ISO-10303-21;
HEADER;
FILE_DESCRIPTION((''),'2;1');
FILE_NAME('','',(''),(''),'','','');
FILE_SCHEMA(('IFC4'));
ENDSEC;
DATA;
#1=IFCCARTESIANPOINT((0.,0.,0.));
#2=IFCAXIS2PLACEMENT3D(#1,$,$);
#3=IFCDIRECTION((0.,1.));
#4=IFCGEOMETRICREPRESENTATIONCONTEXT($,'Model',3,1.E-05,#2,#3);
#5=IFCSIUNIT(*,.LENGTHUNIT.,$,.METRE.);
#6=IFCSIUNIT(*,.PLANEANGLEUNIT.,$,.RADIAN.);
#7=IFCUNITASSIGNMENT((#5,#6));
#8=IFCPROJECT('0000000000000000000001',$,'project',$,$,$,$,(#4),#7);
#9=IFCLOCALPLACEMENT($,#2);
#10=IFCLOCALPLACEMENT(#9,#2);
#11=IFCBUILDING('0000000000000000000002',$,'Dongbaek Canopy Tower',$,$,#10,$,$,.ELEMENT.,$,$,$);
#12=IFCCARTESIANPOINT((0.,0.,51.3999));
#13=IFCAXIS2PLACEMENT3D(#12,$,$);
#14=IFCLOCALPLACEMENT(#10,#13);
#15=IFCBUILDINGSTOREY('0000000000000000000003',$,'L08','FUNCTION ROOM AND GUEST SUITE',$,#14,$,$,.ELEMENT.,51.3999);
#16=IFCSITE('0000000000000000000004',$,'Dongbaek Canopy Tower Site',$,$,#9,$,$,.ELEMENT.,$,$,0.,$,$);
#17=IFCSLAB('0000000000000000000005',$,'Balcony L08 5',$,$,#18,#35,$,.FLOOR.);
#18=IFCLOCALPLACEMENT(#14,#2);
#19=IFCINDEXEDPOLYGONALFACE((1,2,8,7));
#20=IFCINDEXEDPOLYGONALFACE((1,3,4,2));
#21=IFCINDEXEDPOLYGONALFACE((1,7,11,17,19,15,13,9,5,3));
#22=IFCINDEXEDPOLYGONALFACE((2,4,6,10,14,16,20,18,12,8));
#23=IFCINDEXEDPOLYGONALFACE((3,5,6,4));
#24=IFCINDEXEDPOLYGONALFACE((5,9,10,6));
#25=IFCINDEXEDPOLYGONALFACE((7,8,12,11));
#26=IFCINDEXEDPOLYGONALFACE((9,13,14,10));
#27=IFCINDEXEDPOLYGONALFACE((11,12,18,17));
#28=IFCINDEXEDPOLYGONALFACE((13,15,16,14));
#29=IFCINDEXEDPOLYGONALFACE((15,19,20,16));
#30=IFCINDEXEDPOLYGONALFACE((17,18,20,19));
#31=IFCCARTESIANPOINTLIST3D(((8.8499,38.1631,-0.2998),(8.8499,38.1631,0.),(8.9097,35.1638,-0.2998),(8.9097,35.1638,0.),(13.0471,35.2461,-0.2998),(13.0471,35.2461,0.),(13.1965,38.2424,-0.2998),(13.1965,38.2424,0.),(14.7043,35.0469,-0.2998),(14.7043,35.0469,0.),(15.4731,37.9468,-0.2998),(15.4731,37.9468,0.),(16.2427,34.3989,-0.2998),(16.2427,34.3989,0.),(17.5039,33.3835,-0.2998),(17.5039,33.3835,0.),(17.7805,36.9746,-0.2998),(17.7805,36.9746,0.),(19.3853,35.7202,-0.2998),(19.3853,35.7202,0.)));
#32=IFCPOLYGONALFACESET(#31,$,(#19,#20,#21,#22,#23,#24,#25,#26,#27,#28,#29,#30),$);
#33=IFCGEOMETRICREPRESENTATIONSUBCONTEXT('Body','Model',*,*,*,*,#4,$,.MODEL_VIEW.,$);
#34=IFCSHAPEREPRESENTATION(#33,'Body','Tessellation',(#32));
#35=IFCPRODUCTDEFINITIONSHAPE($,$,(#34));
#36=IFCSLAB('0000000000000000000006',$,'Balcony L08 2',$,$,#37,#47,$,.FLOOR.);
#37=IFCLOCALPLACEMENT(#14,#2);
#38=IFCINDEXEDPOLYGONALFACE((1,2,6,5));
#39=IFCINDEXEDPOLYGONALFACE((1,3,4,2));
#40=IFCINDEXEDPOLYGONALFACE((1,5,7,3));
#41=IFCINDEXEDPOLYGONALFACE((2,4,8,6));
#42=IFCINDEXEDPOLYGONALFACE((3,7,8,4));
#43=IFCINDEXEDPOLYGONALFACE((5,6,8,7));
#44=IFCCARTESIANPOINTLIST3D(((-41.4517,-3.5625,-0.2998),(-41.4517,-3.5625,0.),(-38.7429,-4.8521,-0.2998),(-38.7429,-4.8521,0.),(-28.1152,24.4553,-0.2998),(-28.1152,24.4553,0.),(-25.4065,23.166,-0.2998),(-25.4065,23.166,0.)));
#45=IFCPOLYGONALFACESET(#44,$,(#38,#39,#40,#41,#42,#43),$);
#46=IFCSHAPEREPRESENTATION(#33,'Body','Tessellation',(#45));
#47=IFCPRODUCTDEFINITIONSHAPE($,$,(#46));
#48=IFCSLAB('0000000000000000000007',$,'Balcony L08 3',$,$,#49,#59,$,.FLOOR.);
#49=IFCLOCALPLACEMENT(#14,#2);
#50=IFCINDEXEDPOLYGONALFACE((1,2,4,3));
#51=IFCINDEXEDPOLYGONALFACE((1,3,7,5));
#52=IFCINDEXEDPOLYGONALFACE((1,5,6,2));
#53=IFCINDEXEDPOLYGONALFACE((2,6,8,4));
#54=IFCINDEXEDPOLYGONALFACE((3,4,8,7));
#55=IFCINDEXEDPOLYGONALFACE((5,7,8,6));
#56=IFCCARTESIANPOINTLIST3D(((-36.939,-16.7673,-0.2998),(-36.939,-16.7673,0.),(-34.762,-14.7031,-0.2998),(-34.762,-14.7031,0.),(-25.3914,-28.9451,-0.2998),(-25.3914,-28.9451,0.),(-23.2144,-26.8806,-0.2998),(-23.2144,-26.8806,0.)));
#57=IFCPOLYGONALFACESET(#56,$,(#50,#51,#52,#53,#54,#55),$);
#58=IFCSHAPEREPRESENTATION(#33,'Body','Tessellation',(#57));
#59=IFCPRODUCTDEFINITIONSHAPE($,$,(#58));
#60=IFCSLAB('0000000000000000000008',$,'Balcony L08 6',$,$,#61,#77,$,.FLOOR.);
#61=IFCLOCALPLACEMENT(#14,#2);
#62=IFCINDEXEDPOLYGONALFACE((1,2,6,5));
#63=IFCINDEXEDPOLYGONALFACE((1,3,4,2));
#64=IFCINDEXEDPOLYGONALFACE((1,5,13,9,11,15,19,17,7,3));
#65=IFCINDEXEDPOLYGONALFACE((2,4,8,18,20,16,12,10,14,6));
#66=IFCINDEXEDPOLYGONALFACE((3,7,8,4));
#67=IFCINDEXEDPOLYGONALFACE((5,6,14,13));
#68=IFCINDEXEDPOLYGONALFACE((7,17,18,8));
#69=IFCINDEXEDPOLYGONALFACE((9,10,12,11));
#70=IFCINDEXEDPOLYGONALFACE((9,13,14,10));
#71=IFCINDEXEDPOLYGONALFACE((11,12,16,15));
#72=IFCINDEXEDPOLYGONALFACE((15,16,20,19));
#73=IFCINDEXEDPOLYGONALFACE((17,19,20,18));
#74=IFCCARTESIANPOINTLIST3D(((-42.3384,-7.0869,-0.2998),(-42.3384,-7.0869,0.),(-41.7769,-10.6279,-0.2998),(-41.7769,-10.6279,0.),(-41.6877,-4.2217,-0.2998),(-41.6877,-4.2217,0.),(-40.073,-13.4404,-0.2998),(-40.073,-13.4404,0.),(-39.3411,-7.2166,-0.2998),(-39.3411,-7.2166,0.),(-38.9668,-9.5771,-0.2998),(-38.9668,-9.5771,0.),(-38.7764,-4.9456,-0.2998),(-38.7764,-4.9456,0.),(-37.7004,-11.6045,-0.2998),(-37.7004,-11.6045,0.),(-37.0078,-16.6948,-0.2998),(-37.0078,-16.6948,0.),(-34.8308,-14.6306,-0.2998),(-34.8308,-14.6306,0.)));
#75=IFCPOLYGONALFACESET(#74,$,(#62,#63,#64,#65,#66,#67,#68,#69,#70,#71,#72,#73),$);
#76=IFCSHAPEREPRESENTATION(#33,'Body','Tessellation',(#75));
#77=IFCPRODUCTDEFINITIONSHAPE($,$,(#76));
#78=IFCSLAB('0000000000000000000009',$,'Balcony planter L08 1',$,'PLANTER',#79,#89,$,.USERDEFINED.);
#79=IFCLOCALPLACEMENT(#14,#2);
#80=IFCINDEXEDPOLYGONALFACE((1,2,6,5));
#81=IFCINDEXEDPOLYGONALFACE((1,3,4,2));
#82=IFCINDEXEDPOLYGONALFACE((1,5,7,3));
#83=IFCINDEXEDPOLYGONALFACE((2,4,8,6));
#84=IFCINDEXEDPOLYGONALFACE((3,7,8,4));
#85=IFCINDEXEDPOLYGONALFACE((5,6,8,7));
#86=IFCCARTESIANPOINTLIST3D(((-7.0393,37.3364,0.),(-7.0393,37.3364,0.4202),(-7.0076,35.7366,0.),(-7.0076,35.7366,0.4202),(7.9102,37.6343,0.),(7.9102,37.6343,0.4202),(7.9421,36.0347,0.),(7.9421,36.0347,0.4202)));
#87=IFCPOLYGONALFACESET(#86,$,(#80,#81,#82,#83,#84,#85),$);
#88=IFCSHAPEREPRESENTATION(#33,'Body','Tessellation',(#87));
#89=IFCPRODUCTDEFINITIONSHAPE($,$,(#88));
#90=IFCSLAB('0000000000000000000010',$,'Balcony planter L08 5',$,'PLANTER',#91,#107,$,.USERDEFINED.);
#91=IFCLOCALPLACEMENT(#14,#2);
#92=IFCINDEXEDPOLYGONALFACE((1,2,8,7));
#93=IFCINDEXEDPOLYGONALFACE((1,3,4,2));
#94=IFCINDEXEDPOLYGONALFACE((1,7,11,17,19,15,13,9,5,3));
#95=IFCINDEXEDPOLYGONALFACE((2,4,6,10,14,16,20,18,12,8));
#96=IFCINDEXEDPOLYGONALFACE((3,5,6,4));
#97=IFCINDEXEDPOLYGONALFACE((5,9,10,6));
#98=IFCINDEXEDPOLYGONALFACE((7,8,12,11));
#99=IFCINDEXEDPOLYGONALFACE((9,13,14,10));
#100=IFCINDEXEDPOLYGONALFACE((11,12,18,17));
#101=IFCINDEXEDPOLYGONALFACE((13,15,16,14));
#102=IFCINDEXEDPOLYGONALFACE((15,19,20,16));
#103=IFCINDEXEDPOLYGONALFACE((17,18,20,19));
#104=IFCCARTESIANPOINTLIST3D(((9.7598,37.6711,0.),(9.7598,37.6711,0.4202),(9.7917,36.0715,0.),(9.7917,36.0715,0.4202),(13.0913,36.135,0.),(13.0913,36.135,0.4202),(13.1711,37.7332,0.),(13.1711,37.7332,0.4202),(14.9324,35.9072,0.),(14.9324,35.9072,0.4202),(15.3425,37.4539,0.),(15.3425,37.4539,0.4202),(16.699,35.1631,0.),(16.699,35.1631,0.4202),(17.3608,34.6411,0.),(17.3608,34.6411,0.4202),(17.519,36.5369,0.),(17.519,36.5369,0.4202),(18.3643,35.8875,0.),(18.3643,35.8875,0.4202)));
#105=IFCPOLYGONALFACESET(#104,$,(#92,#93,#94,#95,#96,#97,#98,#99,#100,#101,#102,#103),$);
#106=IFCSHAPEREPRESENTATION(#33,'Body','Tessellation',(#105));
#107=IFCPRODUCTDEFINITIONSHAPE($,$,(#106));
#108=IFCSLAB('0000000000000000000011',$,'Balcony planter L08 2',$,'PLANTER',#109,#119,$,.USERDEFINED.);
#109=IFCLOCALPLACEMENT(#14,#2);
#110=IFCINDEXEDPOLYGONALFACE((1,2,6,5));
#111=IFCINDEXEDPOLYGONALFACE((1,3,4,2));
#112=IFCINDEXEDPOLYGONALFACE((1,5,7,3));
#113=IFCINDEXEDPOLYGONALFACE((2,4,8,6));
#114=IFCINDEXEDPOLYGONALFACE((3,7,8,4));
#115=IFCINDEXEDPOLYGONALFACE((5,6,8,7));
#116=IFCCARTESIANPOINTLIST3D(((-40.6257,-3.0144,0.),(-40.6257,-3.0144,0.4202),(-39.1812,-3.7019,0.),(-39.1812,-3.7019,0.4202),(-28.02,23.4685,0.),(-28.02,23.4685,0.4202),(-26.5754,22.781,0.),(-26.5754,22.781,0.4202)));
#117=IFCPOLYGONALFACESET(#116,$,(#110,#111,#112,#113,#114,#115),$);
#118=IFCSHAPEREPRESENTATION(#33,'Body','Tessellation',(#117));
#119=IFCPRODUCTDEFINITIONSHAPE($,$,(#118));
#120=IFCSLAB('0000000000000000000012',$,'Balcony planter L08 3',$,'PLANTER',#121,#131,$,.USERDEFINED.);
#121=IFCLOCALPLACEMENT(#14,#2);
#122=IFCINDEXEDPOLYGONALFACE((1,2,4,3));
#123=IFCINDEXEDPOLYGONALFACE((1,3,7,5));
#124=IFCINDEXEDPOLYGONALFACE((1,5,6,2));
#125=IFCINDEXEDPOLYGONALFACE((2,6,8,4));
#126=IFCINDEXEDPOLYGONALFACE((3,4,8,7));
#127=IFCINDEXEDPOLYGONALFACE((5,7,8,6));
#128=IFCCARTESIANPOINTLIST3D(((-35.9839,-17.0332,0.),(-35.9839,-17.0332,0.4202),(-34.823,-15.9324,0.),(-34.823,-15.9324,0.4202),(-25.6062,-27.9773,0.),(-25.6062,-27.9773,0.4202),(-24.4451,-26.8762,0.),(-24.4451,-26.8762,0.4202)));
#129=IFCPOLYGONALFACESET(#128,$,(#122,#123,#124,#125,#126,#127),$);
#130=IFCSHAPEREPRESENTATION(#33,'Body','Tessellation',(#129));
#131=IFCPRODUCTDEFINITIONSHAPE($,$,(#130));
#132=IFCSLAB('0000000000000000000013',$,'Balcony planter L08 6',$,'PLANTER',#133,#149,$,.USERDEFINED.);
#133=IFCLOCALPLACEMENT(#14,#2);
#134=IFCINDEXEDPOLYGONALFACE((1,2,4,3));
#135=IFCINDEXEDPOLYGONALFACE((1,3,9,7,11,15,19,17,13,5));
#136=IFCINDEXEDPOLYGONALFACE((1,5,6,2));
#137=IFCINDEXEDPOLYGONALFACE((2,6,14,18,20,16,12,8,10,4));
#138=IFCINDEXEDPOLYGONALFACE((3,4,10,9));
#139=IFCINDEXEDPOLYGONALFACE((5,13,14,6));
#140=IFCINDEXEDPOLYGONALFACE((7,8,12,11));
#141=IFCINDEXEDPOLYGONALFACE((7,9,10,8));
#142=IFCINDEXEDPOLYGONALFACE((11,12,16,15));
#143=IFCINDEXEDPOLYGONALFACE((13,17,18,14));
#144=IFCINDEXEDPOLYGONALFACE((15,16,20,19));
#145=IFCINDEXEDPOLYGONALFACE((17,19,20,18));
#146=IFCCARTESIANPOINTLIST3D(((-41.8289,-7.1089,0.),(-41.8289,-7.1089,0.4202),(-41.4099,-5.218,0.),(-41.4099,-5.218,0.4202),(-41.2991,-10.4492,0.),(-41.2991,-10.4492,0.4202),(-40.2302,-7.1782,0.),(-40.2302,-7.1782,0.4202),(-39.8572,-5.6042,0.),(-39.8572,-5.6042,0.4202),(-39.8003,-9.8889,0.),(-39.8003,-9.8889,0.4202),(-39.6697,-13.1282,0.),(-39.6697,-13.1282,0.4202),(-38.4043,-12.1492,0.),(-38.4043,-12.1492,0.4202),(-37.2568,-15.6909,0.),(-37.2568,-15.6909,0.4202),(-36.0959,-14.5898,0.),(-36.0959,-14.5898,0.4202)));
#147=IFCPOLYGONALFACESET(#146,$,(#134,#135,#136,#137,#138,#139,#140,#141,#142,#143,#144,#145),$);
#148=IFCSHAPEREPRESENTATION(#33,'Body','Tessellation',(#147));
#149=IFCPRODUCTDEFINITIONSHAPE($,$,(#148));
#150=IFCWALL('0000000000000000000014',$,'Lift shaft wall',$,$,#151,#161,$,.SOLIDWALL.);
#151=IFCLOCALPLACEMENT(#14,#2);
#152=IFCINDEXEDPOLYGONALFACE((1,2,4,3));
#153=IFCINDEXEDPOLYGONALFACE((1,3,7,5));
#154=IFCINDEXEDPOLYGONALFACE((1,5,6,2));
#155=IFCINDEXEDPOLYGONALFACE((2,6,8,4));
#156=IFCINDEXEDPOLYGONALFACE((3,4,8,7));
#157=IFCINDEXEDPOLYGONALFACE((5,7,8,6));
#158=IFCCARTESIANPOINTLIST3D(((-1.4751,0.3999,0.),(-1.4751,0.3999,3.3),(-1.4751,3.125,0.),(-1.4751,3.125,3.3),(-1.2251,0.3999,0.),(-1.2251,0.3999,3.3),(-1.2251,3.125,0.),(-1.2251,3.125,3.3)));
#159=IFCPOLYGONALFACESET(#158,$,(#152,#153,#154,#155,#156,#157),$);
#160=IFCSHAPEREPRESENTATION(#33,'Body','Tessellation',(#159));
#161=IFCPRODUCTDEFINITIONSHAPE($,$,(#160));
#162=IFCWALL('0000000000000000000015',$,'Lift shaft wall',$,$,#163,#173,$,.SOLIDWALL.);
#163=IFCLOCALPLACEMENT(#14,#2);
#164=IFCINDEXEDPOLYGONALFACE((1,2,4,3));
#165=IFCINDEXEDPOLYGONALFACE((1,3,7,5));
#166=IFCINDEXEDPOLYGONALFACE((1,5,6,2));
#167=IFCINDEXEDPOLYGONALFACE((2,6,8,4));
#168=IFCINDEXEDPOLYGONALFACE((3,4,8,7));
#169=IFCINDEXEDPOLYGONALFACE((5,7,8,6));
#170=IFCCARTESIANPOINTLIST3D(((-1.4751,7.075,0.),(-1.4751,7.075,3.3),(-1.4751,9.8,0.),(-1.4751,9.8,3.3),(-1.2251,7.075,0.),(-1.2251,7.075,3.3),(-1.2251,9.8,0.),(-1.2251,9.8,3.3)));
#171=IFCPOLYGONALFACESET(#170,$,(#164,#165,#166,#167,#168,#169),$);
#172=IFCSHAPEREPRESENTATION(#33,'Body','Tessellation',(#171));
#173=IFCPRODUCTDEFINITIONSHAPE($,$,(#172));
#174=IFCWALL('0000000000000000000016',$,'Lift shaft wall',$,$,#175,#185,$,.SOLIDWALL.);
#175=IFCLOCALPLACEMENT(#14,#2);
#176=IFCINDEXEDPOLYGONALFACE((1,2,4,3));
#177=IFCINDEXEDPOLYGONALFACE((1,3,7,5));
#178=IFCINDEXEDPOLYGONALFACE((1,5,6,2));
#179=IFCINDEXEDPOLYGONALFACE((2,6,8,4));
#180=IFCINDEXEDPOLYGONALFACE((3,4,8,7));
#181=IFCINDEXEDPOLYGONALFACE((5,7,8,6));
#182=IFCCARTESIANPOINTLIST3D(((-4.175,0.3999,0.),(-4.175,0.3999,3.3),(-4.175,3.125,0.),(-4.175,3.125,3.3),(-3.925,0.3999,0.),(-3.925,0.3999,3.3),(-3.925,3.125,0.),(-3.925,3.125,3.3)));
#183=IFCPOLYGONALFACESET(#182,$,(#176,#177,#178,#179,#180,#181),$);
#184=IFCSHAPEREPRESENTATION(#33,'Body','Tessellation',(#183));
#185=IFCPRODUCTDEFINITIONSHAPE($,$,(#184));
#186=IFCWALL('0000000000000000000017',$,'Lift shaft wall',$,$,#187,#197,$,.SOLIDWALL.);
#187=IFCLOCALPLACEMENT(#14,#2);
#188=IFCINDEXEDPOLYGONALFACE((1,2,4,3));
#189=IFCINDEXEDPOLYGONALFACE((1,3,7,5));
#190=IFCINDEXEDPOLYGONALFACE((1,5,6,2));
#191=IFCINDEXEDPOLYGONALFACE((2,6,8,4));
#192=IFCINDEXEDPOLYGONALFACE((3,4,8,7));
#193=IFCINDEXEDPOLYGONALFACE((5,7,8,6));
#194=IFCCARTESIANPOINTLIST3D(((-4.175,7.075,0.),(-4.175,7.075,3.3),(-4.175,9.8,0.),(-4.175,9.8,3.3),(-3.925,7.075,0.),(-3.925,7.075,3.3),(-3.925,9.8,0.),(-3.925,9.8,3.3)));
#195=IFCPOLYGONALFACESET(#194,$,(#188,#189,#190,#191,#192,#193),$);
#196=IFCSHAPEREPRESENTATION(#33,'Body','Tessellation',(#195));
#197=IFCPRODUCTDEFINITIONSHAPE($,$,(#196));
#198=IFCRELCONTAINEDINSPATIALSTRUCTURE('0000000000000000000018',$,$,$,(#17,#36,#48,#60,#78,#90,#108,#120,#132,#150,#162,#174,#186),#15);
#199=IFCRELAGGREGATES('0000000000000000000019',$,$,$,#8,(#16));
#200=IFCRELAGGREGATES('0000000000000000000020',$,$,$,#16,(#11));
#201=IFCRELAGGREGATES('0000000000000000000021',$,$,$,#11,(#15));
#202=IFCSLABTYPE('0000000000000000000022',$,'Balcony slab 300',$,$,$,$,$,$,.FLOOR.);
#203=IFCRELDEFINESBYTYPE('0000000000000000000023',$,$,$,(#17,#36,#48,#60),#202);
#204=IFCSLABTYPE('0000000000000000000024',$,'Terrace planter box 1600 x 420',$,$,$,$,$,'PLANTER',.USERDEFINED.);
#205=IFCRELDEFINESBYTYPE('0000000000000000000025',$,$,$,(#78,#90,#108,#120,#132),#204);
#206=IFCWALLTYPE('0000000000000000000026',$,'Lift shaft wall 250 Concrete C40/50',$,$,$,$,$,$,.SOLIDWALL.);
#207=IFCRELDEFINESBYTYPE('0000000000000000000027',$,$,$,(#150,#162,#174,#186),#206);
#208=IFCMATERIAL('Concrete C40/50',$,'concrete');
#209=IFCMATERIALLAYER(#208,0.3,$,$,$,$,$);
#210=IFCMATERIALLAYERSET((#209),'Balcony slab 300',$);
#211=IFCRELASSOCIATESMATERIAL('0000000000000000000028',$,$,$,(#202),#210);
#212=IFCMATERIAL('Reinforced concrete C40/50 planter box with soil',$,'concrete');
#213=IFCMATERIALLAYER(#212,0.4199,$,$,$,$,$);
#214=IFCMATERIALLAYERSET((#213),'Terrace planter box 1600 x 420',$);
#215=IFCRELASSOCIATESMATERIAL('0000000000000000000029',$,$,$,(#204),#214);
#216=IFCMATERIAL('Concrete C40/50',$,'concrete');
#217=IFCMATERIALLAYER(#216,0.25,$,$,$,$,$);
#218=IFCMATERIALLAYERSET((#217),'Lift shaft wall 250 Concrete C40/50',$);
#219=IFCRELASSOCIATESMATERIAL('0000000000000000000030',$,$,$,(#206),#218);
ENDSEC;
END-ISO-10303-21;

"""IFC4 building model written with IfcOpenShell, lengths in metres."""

from ifc_helpers import new_model, si_unit, direction, frame, frame_2d, origin, place, context, subcontext, project, spatial, polyline, rectangle, outline, extrude, material, layer, layer_set, type_object, element, save


model = new_model("IFC4")

# Units and contexts
model_context = context("Model", 3, precision=1e-05, world=origin(), true_north=direction((0.0, 1.0)))
body_context = subcontext(model_context, "Body", "Model", "MODEL_VIEW")
ifc_project = project(units=[si_unit("LENGTHUNIT", "METRE"), si_unit("PLANEANGLEUNIT", "RADIAN")], contexts=[model_context])

# Site, building, storey
site_placement = place(None, origin())
site = spatial("IfcSite", under=ifc_project, at=site_placement, Name="Dongbaek Canopy Tower Site", CompositionType="ELEMENT", RefElevation=0.0)
building_placement = place(site_placement, origin())
building = spatial("IfcBuilding", under=site, at=building_placement, Name="Dongbaek Canopy Tower", CompositionType="ELEMENT")
storey_placement = place(building_placement, frame((0.0, 0.0, 51.3999)))
storey = spatial("IfcBuildingStorey", under=building, at=storey_placement, Name="L08", Description="FUNCTION ROOM AND GUEST SUITE", CompositionType="ELEMENT", Elevation=51.3999)

# Slabs
ifc_material_1 = material(Name="Concrete C40/50", Category="concrete")
ifc_layer_1 = layer(ifc_material_1, 0.3)
ifc_layer_set_1 = layer_set([ifc_layer_1], Name="Balcony slab 300")
slab_type_1 = type_object("IfcSlabType", Name="Balcony slab 300", PredefinedType="FLOOR", material=ifc_layer_set_1)
slab_1_placement = place(storey_placement, frame((0.0, 0.0, -0.2998)))
element("IfcSlab", 1, at=slab_1_placement, inside=storey, type_object=slab_type_1, Name="Balcony L08 5", PredefinedType="FLOOR", context=body_context, shape_type="SweptSolid", body=[
    extrude(outline(polyline([(17.5039, 33.3835), (16.2427, 34.3989), (14.7043, 35.0469), (13.0471, 35.2461), (8.9097, 35.1638), (8.8499, 38.1631), (13.1965, 38.2424), (15.4731, 37.9468), (17.7805, 36.9746), (19.3853, 35.7202), (17.5039, 33.3835)])), origin(), (0.0, 0.0, 1.0), 0.2998),
])
slab_2_placement = place(storey_placement, frame((0.0, 0.0, -0.2998)))
element("IfcSlab", 2, at=slab_2_placement, inside=storey, type_object=slab_type_1, Name="Balcony L08 2", PredefinedType="FLOOR", context=body_context, shape_type="SweptSolid", body=[
    extrude(outline(polyline([(-25.4065, 23.166), (-38.7429, -4.8521), (-41.4517, -3.5625), (-28.1152, 24.4553), (-25.4065, 23.166)])), origin(), (0.0, 0.0, 1.0), 0.2998),
])
slab_3_placement = place(storey_placement, frame((0.0, 0.0, -0.2998)))
element("IfcSlab", 3, at=slab_3_placement, inside=storey, type_object=slab_type_1, Name="Balcony L08 3", PredefinedType="FLOOR", context=body_context, shape_type="SweptSolid", body=[
    extrude(outline(polyline([(-34.762, -14.7031), (-23.2144, -26.8806), (-25.3914, -28.9451), (-36.939, -16.7673), (-34.762, -14.7031)])), origin(), (0.0, 0.0, 1.0), 0.2998),
])
slab_4_placement = place(storey_placement, frame((0.0, 0.0, -0.2998)))
element("IfcSlab", 4, at=slab_4_placement, inside=storey, type_object=slab_type_1, Name="Balcony L08 6", PredefinedType="FLOOR", context=body_context, shape_type="SweptSolid", body=[
    extrude(outline(polyline([(-38.7764, -4.9456), (-39.3411, -7.2166), (-38.9668, -9.5771), (-37.7004, -11.6045), (-34.8308, -14.6306), (-37.0078, -16.6948), (-40.073, -13.4404), (-41.7769, -10.6279), (-42.3384, -7.0869), (-41.6877, -4.2217), (-38.7764, -4.9456)])), origin(), (0.0, 0.0, 1.0), 0.2998),
])
ifc_material_2 = material(Name="Reinforced concrete C40/50 planter box with soil", Category="concrete")
ifc_layer_2 = layer(ifc_material_2, 0.4199)
ifc_layer_set_2 = layer_set([ifc_layer_2], Name="Terrace planter box 1600 x 420")
slab_type_2 = type_object("IfcSlabType", Name="Terrace planter box 1600 x 420", ElementType="PLANTER", PredefinedType="USERDEFINED", material=ifc_layer_set_2)
slab_5_placement = place(storey_placement, origin())
element("IfcSlab", 5, at=slab_5_placement, inside=storey, type_object=slab_type_2, Name="Balcony planter L08 1", ObjectType="PLANTER", PredefinedType="USERDEFINED", context=body_context, shape_type="SweptSolid", body=[
    extrude(outline(polyline([(7.9421, 36.0347), (-7.0076, 35.7366), (-7.0393, 37.3364), (7.9102, 37.6343), (7.9421, 36.0347)])), origin(), (0.0, 0.0, 1.0), 0.4202),
])
slab_6_placement = place(storey_placement, origin())
element("IfcSlab", 6, at=slab_6_placement, inside=storey, type_object=slab_type_2, Name="Balcony planter L08 5", ObjectType="PLANTER", PredefinedType="USERDEFINED", context=body_context, shape_type="SweptSolid", body=[
    extrude(outline(polyline([(17.3608, 34.6411), (16.699, 35.1631), (14.9324, 35.9072), (13.0913, 36.135), (9.7917, 36.0715), (9.7598, 37.6711), (13.1711, 37.7332), (15.3425, 37.4539), (17.519, 36.5369), (18.3643, 35.8875), (17.3608, 34.6411)])), origin(), (0.0, 0.0, 1.0), 0.4202),
])
slab_7_placement = place(storey_placement, origin())
element("IfcSlab", 7, at=slab_7_placement, inside=storey, type_object=slab_type_2, Name="Balcony planter L08 2", ObjectType="PLANTER", PredefinedType="USERDEFINED", context=body_context, shape_type="SweptSolid", body=[
    extrude(outline(polyline([(-26.5754, 22.781), (-39.1812, -3.7019), (-40.6257, -3.0144), (-28.02, 23.4685), (-26.5754, 22.781)])), origin(), (0.0, 0.0, 1.0), 0.4202),
])
slab_8_placement = place(storey_placement, origin())
element("IfcSlab", 8, at=slab_8_placement, inside=storey, type_object=slab_type_2, Name="Balcony planter L08 3", ObjectType="PLANTER", PredefinedType="USERDEFINED", context=body_context, shape_type="SweptSolid", body=[
    extrude(outline(polyline([(-34.823, -15.9324), (-24.4451, -26.8762), (-25.6062, -27.9773), (-35.9839, -17.0332), (-34.823, -15.9324)])), origin(), (0.0, 0.0, 1.0), 0.4202),
])
slab_9_placement = place(storey_placement, origin())
element("IfcSlab", 9, at=slab_9_placement, inside=storey, type_object=slab_type_2, Name="Balcony planter L08 6", ObjectType="PLANTER", PredefinedType="USERDEFINED", context=body_context, shape_type="SweptSolid", body=[
    extrude(outline(polyline([(-39.8572, -5.6042), (-40.2302, -7.1782), (-39.8003, -9.8889), (-38.4043, -12.1492), (-36.0959, -14.5898), (-37.2568, -15.6909), (-39.6697, -13.1282), (-41.2991, -10.4492), (-41.8289, -7.1089), (-41.4099, -5.218), (-39.8572, -5.6042)])), origin(), (0.0, 0.0, 1.0), 0.4202),
])

# Walls
ifc_material_3 = material(Name="Concrete C40/50", Category="concrete")
ifc_layer_3 = layer(ifc_material_3, 0.25)
ifc_layer_set_3 = layer_set([ifc_layer_3], Name="Lift shaft wall 250 Concrete C40/50")
wall_type = type_object("IfcWallType", Name="Lift shaft wall 250 Concrete C40/50", PredefinedType="SOLIDWALL", material=ifc_layer_set_3)
for number, where, z_axis, x_axis, name in (
    (10, (-1.3501, 0.3999, 0.0), (0.0, 0.0, 1.0), (0.0, 1.0, 0.0), "Lift shaft wall"),
    (11, (-1.3501, 7.075, 0.0), (0.0, 0.0, 1.0), (0.0, 1.0, 0.0), "Lift shaft wall"),
    (12, (-4.05, 0.3999, 0.0), (0.0, 0.0, 1.0), (0.0, 1.0, 0.0), "Lift shaft wall"),
    (13, (-4.05, 7.075, 0.0), (0.0, 0.0, 1.0), (0.0, 1.0, 0.0), "Lift shaft wall"),
):
    element("IfcWall", number, at=place(storey_placement, frame(where, z_axis=z_axis, x_axis=x_axis)), inside=storey, type_object=wall_type, Name=name, PredefinedType="SOLIDWALL", context=body_context, shape_type="SweptSolid", body=[
        extrude(rectangle(XDim=2.7251, YDim=0.25, at=frame_2d((1.3625, 0.0))), origin(), (0.0, 0.0, 1.0), 3.3),
    ])

save(model, "model.ifc")
